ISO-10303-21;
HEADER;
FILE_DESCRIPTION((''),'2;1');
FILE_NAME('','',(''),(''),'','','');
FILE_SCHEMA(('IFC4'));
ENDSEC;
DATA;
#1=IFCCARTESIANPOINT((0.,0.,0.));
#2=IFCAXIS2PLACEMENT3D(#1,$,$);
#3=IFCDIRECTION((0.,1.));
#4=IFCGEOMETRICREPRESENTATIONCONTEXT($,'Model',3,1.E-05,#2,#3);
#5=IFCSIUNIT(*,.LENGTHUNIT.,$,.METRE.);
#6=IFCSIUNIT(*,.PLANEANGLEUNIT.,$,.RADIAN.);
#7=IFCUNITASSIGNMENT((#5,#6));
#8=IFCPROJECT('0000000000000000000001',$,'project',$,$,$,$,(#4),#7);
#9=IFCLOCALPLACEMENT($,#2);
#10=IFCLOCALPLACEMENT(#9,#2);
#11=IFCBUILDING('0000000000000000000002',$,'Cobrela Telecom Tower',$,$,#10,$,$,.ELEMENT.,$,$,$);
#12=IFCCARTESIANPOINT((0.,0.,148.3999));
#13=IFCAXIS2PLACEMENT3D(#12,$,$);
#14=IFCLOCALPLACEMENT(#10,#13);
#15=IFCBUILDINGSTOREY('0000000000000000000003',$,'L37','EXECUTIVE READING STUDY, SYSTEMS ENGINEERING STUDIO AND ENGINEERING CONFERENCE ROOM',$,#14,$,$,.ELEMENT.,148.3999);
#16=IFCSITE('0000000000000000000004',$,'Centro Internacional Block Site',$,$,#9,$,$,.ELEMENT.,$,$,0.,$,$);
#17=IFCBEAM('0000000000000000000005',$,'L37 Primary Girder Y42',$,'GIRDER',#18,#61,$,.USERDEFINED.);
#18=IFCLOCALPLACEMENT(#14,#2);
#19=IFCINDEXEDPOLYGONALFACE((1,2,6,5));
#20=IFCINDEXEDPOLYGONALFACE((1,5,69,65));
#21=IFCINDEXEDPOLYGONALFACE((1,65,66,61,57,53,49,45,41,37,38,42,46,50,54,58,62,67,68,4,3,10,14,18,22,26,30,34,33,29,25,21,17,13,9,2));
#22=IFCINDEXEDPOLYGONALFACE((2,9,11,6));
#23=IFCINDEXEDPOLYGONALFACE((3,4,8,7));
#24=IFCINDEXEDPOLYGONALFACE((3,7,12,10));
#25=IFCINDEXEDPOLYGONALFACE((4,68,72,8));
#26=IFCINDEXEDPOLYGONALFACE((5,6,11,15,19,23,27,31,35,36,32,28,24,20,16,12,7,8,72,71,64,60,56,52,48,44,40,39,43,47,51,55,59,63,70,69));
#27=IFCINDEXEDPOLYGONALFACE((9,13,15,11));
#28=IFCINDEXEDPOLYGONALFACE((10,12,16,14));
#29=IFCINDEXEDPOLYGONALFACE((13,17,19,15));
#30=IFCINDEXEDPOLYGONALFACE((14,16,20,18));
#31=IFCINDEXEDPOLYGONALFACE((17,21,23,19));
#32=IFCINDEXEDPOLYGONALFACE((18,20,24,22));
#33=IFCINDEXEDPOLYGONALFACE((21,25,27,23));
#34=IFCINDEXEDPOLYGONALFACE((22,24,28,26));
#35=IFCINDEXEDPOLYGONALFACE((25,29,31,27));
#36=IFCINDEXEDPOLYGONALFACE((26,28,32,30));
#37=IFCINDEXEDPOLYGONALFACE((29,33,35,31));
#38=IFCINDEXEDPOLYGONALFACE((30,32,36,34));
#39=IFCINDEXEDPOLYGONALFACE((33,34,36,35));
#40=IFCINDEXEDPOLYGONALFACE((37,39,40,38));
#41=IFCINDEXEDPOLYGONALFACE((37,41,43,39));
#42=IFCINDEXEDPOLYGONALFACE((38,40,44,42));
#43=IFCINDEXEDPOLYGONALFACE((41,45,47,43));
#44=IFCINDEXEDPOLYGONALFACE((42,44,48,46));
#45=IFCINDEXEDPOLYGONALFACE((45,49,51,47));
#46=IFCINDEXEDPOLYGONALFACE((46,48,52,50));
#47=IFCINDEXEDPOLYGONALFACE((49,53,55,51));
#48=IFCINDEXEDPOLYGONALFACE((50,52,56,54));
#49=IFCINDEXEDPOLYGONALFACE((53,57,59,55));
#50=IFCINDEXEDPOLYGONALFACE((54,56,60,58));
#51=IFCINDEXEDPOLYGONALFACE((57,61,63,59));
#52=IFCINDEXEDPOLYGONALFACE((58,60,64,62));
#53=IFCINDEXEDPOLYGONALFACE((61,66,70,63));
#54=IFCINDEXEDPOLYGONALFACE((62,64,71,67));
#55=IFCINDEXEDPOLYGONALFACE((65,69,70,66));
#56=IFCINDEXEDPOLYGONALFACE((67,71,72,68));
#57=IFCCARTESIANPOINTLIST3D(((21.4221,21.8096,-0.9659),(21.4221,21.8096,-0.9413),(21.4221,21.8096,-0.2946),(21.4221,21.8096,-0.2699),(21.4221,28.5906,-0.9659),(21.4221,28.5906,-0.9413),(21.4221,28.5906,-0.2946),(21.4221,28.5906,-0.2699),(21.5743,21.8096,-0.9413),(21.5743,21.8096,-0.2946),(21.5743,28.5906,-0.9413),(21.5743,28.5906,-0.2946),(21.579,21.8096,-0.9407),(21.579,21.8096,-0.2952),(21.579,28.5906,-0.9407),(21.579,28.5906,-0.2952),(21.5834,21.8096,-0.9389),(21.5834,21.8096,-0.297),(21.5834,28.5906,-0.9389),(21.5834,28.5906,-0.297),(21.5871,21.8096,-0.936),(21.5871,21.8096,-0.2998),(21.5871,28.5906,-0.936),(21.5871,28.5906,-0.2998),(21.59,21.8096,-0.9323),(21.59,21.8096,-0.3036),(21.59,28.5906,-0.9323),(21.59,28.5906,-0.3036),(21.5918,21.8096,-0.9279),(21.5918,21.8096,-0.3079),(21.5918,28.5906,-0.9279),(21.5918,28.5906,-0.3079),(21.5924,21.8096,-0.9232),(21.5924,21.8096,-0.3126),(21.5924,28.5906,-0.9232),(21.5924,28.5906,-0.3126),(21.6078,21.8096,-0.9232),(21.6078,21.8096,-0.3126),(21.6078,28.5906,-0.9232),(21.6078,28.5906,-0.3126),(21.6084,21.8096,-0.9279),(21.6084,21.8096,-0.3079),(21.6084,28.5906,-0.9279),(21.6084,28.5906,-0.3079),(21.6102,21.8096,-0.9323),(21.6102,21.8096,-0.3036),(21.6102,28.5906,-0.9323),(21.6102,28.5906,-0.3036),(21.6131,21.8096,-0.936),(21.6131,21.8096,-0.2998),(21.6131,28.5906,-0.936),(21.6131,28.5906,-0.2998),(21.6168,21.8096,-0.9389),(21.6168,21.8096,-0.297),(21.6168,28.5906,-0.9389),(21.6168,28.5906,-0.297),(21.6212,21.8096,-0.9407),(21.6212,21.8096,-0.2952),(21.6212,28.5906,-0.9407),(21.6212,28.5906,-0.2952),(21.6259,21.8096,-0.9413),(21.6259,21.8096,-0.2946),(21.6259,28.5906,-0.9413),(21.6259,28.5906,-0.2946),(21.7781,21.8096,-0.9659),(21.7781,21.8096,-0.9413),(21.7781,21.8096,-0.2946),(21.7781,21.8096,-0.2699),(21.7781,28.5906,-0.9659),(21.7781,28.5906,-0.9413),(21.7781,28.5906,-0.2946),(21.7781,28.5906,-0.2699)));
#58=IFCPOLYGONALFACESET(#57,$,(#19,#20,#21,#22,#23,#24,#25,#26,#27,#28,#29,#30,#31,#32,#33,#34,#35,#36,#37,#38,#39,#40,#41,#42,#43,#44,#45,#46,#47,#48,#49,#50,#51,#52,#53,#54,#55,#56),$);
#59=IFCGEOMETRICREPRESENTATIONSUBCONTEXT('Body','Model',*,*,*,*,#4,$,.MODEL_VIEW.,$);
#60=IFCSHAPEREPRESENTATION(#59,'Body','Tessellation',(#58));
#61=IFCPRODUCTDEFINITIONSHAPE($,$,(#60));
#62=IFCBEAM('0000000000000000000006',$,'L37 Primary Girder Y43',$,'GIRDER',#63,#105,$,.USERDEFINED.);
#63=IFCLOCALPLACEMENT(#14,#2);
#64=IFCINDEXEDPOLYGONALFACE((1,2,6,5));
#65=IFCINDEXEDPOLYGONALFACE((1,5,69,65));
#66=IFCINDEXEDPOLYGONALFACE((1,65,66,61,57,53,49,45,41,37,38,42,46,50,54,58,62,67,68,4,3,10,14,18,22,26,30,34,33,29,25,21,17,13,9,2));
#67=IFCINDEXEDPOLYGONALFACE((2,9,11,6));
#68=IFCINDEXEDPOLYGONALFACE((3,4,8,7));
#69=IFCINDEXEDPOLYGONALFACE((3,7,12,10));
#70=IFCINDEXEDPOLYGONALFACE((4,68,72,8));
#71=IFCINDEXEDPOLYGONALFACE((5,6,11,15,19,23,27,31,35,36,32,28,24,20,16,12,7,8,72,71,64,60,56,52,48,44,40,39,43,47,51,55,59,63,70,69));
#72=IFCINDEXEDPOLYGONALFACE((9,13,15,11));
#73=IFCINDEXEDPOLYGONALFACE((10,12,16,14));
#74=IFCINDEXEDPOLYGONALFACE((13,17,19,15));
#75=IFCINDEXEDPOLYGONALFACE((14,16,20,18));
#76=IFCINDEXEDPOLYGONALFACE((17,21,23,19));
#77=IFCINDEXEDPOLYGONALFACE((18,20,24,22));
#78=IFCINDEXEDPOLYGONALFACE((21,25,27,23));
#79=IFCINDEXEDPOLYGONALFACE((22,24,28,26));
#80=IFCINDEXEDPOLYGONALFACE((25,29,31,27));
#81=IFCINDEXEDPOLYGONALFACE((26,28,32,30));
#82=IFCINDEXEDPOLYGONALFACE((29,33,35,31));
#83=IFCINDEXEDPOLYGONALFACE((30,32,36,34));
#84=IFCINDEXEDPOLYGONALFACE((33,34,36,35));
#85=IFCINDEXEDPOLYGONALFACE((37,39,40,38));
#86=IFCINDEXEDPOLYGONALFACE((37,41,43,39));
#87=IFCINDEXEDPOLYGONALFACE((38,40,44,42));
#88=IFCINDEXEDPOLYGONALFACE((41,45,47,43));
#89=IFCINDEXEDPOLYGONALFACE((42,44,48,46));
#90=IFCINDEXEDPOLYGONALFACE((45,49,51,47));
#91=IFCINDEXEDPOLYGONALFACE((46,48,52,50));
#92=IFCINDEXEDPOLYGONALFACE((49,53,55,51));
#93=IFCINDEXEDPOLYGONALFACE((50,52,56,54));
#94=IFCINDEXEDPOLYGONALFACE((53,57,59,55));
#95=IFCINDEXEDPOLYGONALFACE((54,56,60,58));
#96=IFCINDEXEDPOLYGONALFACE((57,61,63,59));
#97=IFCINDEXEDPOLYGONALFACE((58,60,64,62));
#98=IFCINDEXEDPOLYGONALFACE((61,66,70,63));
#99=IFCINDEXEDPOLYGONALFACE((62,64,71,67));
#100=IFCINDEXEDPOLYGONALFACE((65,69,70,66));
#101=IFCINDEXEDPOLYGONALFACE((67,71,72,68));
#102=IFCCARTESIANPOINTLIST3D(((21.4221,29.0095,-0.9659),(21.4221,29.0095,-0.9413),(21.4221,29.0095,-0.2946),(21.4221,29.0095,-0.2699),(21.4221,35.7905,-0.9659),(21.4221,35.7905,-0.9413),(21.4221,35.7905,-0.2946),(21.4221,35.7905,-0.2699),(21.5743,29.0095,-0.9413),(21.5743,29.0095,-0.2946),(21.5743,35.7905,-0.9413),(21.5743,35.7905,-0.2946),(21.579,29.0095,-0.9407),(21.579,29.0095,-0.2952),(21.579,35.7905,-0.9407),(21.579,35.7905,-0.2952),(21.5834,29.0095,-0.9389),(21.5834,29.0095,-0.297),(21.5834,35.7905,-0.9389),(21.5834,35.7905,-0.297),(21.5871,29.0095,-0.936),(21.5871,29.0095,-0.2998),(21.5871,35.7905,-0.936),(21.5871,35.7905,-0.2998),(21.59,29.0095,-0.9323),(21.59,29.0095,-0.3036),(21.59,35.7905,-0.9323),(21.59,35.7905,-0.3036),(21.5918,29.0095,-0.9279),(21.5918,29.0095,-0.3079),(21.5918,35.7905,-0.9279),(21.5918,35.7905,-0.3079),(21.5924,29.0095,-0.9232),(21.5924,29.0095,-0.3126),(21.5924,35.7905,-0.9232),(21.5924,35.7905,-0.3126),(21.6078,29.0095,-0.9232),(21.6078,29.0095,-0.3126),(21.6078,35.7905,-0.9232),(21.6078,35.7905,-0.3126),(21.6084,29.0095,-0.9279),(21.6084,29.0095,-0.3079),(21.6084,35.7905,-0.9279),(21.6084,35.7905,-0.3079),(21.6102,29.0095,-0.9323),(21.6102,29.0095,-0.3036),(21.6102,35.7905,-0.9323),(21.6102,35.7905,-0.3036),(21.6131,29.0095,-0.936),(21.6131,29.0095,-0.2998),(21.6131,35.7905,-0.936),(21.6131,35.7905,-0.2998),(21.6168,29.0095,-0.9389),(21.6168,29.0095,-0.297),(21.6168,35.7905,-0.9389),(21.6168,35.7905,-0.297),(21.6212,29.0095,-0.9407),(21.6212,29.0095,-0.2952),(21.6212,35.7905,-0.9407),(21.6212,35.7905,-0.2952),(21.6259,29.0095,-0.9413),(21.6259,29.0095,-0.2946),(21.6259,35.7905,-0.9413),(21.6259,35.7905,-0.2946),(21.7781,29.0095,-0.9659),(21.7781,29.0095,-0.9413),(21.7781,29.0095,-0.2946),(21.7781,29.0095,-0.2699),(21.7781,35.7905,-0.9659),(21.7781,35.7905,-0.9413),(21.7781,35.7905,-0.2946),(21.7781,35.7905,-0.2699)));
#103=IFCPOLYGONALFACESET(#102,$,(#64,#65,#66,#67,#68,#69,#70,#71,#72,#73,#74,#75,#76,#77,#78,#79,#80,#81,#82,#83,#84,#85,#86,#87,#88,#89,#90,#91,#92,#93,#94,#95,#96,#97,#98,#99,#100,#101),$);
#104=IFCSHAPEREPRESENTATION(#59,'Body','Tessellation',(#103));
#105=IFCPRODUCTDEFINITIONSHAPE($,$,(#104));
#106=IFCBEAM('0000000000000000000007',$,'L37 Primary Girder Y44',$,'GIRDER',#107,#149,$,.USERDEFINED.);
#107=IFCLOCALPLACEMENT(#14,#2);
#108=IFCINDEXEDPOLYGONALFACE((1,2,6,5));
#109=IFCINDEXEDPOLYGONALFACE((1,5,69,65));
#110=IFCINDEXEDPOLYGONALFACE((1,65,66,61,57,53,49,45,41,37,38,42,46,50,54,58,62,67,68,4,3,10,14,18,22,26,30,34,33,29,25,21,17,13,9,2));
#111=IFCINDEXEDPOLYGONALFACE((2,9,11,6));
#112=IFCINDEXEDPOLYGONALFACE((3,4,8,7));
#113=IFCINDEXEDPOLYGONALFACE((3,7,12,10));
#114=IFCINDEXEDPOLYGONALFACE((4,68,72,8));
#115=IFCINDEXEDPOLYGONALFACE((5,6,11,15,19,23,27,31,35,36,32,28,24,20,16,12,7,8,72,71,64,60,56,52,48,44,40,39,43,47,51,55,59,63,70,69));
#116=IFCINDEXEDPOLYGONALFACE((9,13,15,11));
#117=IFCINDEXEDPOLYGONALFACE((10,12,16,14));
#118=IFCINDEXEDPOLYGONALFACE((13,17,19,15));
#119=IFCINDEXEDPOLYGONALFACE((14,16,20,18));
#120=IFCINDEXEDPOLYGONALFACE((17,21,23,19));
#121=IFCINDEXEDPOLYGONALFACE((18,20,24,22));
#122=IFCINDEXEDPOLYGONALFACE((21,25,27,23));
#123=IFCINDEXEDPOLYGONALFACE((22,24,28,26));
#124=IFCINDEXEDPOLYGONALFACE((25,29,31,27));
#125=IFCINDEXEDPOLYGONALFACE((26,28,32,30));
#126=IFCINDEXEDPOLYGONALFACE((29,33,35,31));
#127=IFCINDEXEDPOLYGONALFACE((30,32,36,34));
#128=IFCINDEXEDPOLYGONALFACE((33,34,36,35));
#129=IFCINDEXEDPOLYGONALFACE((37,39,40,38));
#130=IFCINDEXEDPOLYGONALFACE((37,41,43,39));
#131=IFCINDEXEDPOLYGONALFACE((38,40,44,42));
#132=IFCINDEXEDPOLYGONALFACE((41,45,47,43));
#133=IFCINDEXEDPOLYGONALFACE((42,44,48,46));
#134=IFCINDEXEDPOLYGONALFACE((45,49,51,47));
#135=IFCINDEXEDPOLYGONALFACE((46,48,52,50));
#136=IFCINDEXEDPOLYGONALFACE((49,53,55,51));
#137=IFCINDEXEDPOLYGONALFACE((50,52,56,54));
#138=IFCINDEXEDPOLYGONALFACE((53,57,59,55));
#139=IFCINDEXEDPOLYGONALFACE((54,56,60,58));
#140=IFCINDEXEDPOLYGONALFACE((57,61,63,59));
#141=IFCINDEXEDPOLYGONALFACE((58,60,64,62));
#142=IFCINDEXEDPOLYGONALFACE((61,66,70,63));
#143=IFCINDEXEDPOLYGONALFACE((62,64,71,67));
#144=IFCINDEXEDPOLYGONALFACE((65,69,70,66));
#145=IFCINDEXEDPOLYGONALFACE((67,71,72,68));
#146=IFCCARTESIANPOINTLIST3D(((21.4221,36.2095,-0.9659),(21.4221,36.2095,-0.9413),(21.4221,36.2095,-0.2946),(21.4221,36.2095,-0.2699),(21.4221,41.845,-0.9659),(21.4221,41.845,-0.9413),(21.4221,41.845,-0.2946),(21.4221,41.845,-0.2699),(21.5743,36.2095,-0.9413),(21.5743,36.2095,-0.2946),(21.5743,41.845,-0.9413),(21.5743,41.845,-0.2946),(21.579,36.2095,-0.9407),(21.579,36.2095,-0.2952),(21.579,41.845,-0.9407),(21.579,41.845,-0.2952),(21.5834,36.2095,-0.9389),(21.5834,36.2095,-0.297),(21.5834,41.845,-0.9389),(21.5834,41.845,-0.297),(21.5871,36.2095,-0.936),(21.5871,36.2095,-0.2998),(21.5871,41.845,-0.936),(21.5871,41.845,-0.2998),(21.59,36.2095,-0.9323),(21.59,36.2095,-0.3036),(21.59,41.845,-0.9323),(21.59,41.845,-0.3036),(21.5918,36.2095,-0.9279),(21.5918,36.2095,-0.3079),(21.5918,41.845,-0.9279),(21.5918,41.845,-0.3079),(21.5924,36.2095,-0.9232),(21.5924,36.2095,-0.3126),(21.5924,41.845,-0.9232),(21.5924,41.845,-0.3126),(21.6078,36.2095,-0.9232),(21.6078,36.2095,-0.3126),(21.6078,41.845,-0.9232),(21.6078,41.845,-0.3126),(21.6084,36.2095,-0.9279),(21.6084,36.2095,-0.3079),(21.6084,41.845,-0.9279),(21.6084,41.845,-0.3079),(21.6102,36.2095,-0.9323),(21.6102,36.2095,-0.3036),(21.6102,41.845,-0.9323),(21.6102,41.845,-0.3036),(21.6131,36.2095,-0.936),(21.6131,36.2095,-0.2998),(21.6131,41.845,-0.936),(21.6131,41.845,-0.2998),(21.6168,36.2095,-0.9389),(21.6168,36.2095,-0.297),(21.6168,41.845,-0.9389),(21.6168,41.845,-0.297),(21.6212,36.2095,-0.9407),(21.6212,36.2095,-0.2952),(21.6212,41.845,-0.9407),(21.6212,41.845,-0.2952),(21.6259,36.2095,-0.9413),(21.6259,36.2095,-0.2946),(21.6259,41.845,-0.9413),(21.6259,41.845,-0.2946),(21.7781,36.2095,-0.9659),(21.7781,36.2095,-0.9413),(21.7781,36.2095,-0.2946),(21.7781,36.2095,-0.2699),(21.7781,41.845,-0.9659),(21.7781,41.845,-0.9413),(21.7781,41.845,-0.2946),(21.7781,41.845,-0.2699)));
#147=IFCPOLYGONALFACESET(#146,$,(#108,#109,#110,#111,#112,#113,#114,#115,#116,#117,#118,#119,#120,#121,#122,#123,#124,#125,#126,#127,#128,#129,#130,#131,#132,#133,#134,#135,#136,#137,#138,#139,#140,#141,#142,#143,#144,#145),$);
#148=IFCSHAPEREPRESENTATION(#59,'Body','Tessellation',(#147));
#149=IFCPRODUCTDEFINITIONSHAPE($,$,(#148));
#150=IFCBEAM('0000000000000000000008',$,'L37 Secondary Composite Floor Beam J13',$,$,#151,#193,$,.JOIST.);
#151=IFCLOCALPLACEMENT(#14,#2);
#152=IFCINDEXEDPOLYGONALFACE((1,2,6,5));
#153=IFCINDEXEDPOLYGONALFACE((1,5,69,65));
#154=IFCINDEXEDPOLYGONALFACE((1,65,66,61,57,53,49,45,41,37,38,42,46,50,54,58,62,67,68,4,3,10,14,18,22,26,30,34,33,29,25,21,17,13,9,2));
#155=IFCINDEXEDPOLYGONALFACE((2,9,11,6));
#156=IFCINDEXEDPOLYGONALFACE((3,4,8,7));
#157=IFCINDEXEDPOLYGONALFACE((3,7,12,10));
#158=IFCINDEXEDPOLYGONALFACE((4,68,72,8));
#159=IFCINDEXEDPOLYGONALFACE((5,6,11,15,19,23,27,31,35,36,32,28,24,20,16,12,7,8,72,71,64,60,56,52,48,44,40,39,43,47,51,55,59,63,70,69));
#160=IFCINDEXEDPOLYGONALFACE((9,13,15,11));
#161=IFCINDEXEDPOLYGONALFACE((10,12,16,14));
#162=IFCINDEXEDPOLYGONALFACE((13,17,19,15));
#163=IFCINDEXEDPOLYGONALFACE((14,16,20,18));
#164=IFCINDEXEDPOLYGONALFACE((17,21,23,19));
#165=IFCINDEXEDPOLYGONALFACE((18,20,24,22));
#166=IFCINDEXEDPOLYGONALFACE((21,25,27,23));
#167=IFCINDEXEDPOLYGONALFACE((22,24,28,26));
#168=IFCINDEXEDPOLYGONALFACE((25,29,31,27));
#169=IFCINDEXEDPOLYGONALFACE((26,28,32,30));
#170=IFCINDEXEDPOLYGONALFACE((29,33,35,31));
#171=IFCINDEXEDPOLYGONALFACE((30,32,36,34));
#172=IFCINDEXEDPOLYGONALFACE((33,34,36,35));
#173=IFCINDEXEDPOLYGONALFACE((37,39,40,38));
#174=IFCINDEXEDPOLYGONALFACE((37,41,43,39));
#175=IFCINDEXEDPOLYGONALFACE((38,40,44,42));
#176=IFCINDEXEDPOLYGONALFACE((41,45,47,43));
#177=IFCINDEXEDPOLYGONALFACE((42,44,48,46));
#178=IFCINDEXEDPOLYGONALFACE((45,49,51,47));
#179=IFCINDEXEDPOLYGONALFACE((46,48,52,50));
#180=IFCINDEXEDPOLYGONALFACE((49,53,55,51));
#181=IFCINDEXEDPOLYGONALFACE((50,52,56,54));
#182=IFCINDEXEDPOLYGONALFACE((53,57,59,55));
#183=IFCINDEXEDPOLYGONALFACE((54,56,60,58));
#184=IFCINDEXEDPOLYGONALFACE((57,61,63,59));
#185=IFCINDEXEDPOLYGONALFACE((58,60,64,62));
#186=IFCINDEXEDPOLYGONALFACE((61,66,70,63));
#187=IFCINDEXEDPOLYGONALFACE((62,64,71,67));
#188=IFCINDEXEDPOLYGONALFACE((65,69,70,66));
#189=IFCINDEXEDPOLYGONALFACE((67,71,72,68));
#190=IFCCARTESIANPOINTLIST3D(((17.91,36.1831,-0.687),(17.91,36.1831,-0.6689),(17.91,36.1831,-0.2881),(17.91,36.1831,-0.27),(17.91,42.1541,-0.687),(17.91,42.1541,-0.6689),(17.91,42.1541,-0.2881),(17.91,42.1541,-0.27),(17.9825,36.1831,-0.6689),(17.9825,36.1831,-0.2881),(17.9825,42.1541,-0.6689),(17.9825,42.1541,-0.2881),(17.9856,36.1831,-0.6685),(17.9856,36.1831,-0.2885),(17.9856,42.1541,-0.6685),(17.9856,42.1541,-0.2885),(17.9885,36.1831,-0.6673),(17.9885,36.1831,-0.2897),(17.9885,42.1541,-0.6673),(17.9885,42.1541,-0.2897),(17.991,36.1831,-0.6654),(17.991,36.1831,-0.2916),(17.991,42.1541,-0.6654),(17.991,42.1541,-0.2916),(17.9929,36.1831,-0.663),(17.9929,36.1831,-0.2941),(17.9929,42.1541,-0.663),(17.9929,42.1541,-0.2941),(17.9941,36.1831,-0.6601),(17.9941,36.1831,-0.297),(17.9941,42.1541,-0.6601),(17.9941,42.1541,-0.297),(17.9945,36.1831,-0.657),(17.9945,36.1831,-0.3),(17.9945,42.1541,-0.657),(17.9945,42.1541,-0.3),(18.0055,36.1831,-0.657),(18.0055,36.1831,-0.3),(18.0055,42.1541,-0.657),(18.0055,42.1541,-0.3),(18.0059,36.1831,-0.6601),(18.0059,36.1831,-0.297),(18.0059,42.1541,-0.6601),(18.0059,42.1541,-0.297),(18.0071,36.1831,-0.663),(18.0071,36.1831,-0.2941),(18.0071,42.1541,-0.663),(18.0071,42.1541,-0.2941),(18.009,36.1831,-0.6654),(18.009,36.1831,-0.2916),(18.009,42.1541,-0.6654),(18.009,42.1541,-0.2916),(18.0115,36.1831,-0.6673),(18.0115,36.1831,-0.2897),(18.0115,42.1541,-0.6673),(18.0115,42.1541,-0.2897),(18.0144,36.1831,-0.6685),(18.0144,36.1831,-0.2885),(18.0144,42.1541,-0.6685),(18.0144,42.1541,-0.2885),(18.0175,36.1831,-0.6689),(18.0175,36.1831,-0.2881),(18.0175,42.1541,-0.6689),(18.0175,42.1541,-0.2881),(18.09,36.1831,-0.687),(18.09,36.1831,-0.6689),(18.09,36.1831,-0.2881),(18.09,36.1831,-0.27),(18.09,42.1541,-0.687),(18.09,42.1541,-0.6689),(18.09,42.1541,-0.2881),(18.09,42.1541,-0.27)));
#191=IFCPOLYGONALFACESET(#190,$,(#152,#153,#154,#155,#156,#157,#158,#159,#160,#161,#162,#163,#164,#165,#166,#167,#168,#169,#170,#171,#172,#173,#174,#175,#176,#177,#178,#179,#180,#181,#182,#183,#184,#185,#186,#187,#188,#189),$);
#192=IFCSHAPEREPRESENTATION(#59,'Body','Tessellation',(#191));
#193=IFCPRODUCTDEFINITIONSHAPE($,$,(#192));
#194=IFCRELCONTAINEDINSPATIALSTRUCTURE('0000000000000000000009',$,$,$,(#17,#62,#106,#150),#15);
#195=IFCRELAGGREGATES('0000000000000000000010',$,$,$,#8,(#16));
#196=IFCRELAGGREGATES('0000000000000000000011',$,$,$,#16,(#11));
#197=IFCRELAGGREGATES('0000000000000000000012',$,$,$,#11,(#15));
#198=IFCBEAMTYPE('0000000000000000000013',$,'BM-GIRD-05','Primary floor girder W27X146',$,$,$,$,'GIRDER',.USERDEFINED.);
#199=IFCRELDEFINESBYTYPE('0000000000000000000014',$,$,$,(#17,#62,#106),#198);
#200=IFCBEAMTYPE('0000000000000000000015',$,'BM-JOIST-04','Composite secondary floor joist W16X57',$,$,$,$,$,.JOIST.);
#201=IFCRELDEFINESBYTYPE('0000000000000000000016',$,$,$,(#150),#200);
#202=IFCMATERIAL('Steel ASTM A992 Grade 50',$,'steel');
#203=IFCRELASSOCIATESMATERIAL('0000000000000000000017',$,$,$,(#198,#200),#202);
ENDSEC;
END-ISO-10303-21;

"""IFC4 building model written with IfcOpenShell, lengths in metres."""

from ifc_helpers import new_model, si_unit, direction, frame, origin, origin_2d, place, context, subcontext, project, spatial, i_section, extrude, material, material_profile, profile_set, type_object, element, save


model = new_model("IFC4")

# Units and contexts
model_context = context("Model", 3, precision=1e-05, world=origin(), true_north=direction((0.0, 1.0)))
body_context = subcontext(model_context, "Body", "Model", "MODEL_VIEW")
ifc_project = project(units=[si_unit("LENGTHUNIT", "METRE"), si_unit("PLANEANGLEUNIT", "RADIAN")], contexts=[model_context])

# Site, building, storey
site_placement = place(None, origin())
site = spatial("IfcSite", under=ifc_project, at=site_placement, Name="Centro Internacional Block Site", CompositionType="ELEMENT", RefElevation=0.0)
building_placement = place(site_placement, origin())
building = spatial("IfcBuilding", under=site, at=building_placement, Name="Cobrela Telecom Tower", CompositionType="ELEMENT")
storey_placement = place(building_placement, frame((0.0, 0.0, 148.3999)))
storey = spatial("IfcBuildingStorey", under=building, at=storey_placement, Name="L37", Description="EXECUTIVE READING STUDY, SYSTEMS ENGINEERING STUDIO AND ENGINEERING CONFERENCE ROOM", CompositionType="ELEMENT", Elevation=148.3999)

# Shared definitions
ifc_material_1 = material(Name="Steel ASTM A992 Grade 50", Category="steel")

# Beams
ifc_material_profile_1 = material_profile(ifc_material_1, i_section(OverallWidth=0.356, OverallDepth=0.696, WebThickness=0.0154, FlangeThickness=0.0247, FilletRadius=0.0181, at=origin_2d()), Name="W27X146")
ifc_profile_set_1 = profile_set([ifc_material_profile_1], Name="Steel ASTM A992 Grade 50")
beam_type_1 = type_object("IfcBeamType", Name="BM-GIRD-05", Description="Primary floor girder W27X146", ElementType="GIRDER", PredefinedType="USERDEFINED", material=ifc_profile_set_1)
for number, where, z_axis, x_axis, name in (
    (1, (21.6001, 21.8096, -0.6179), (0.0, 1.0, 0.0), (-1.0, 0.0, 0.0), "L37 Primary Girder Y42"),
    (2, (21.6001, 29.0095, -0.6179), (0.0, 1.0, 0.0), (-1.0, 0.0, 0.0), "L37 Primary Girder Y43"),
):
    element("IfcBeam", number, at=place(storey_placement, frame(where, z_axis=z_axis, x_axis=x_axis)), inside=storey, type_object=beam_type_1, Name=name, ObjectType="GIRDER", PredefinedType="USERDEFINED", context=body_context, shape_type="SweptSolid", body=[
        extrude(i_section(OverallWidth=0.356, OverallDepth=0.696, WebThickness=0.0154, FlangeThickness=0.0247, FilletRadius=0.0181, at=origin_2d()), origin(), (0.0, 0.0, 1.0), 6.781),
    ])
beam_1_placement = place(storey_placement, frame((21.6001, 36.2095, -0.6179), z_axis=(0.0, 1.0, 0.0), x_axis=(-1.0, 0.0, 0.0)))
element("IfcBeam", 3, at=beam_1_placement, inside=storey, type_object=beam_type_1, Name="L37 Primary Girder Y44", ObjectType="GIRDER", PredefinedType="USERDEFINED", context=body_context, shape_type="SweptSolid", body=[
    extrude(i_section(OverallWidth=0.356, OverallDepth=0.696, WebThickness=0.0154, FlangeThickness=0.0247, FilletRadius=0.0181, at=origin_2d()), origin(), (0.0, 0.0, 1.0), 5.6355),
])
ifc_material_profile_2 = material_profile(ifc_material_1, i_section(OverallWidth=0.1799, OverallDepth=0.417, WebThickness=0.011, FlangeThickness=0.0181, FilletRadius=0.012, at=origin_2d()), Name="W16X57")
ifc_profile_set_2 = profile_set([ifc_material_profile_2], Name="Steel ASTM A992 Grade 50")
beam_type_2 = type_object("IfcBeamType", Name="BM-JOIST-04", Description="Composite secondary floor joist W16X57", PredefinedType="JOIST", material=ifc_profile_set_2)
beam_2_placement = place(storey_placement, frame((18.0, 36.1831, -0.4785), z_axis=(0.0, 1.0, 0.0), x_axis=(-1.0, 0.0, 0.0)))
element("IfcBeam", 4, at=beam_2_placement, inside=storey, type_object=beam_type_2, Name="L37 Secondary Composite Floor Beam J13", PredefinedType="JOIST", context=body_context, shape_type="SweptSolid", body=[
    extrude(i_section(OverallWidth=0.1799, OverallDepth=0.417, WebThickness=0.011, FlangeThickness=0.0181, FilletRadius=0.012, at=origin_2d()), origin(), (0.0, 0.0, 1.0), 5.9709),
])

save(model, "model.ifc")
